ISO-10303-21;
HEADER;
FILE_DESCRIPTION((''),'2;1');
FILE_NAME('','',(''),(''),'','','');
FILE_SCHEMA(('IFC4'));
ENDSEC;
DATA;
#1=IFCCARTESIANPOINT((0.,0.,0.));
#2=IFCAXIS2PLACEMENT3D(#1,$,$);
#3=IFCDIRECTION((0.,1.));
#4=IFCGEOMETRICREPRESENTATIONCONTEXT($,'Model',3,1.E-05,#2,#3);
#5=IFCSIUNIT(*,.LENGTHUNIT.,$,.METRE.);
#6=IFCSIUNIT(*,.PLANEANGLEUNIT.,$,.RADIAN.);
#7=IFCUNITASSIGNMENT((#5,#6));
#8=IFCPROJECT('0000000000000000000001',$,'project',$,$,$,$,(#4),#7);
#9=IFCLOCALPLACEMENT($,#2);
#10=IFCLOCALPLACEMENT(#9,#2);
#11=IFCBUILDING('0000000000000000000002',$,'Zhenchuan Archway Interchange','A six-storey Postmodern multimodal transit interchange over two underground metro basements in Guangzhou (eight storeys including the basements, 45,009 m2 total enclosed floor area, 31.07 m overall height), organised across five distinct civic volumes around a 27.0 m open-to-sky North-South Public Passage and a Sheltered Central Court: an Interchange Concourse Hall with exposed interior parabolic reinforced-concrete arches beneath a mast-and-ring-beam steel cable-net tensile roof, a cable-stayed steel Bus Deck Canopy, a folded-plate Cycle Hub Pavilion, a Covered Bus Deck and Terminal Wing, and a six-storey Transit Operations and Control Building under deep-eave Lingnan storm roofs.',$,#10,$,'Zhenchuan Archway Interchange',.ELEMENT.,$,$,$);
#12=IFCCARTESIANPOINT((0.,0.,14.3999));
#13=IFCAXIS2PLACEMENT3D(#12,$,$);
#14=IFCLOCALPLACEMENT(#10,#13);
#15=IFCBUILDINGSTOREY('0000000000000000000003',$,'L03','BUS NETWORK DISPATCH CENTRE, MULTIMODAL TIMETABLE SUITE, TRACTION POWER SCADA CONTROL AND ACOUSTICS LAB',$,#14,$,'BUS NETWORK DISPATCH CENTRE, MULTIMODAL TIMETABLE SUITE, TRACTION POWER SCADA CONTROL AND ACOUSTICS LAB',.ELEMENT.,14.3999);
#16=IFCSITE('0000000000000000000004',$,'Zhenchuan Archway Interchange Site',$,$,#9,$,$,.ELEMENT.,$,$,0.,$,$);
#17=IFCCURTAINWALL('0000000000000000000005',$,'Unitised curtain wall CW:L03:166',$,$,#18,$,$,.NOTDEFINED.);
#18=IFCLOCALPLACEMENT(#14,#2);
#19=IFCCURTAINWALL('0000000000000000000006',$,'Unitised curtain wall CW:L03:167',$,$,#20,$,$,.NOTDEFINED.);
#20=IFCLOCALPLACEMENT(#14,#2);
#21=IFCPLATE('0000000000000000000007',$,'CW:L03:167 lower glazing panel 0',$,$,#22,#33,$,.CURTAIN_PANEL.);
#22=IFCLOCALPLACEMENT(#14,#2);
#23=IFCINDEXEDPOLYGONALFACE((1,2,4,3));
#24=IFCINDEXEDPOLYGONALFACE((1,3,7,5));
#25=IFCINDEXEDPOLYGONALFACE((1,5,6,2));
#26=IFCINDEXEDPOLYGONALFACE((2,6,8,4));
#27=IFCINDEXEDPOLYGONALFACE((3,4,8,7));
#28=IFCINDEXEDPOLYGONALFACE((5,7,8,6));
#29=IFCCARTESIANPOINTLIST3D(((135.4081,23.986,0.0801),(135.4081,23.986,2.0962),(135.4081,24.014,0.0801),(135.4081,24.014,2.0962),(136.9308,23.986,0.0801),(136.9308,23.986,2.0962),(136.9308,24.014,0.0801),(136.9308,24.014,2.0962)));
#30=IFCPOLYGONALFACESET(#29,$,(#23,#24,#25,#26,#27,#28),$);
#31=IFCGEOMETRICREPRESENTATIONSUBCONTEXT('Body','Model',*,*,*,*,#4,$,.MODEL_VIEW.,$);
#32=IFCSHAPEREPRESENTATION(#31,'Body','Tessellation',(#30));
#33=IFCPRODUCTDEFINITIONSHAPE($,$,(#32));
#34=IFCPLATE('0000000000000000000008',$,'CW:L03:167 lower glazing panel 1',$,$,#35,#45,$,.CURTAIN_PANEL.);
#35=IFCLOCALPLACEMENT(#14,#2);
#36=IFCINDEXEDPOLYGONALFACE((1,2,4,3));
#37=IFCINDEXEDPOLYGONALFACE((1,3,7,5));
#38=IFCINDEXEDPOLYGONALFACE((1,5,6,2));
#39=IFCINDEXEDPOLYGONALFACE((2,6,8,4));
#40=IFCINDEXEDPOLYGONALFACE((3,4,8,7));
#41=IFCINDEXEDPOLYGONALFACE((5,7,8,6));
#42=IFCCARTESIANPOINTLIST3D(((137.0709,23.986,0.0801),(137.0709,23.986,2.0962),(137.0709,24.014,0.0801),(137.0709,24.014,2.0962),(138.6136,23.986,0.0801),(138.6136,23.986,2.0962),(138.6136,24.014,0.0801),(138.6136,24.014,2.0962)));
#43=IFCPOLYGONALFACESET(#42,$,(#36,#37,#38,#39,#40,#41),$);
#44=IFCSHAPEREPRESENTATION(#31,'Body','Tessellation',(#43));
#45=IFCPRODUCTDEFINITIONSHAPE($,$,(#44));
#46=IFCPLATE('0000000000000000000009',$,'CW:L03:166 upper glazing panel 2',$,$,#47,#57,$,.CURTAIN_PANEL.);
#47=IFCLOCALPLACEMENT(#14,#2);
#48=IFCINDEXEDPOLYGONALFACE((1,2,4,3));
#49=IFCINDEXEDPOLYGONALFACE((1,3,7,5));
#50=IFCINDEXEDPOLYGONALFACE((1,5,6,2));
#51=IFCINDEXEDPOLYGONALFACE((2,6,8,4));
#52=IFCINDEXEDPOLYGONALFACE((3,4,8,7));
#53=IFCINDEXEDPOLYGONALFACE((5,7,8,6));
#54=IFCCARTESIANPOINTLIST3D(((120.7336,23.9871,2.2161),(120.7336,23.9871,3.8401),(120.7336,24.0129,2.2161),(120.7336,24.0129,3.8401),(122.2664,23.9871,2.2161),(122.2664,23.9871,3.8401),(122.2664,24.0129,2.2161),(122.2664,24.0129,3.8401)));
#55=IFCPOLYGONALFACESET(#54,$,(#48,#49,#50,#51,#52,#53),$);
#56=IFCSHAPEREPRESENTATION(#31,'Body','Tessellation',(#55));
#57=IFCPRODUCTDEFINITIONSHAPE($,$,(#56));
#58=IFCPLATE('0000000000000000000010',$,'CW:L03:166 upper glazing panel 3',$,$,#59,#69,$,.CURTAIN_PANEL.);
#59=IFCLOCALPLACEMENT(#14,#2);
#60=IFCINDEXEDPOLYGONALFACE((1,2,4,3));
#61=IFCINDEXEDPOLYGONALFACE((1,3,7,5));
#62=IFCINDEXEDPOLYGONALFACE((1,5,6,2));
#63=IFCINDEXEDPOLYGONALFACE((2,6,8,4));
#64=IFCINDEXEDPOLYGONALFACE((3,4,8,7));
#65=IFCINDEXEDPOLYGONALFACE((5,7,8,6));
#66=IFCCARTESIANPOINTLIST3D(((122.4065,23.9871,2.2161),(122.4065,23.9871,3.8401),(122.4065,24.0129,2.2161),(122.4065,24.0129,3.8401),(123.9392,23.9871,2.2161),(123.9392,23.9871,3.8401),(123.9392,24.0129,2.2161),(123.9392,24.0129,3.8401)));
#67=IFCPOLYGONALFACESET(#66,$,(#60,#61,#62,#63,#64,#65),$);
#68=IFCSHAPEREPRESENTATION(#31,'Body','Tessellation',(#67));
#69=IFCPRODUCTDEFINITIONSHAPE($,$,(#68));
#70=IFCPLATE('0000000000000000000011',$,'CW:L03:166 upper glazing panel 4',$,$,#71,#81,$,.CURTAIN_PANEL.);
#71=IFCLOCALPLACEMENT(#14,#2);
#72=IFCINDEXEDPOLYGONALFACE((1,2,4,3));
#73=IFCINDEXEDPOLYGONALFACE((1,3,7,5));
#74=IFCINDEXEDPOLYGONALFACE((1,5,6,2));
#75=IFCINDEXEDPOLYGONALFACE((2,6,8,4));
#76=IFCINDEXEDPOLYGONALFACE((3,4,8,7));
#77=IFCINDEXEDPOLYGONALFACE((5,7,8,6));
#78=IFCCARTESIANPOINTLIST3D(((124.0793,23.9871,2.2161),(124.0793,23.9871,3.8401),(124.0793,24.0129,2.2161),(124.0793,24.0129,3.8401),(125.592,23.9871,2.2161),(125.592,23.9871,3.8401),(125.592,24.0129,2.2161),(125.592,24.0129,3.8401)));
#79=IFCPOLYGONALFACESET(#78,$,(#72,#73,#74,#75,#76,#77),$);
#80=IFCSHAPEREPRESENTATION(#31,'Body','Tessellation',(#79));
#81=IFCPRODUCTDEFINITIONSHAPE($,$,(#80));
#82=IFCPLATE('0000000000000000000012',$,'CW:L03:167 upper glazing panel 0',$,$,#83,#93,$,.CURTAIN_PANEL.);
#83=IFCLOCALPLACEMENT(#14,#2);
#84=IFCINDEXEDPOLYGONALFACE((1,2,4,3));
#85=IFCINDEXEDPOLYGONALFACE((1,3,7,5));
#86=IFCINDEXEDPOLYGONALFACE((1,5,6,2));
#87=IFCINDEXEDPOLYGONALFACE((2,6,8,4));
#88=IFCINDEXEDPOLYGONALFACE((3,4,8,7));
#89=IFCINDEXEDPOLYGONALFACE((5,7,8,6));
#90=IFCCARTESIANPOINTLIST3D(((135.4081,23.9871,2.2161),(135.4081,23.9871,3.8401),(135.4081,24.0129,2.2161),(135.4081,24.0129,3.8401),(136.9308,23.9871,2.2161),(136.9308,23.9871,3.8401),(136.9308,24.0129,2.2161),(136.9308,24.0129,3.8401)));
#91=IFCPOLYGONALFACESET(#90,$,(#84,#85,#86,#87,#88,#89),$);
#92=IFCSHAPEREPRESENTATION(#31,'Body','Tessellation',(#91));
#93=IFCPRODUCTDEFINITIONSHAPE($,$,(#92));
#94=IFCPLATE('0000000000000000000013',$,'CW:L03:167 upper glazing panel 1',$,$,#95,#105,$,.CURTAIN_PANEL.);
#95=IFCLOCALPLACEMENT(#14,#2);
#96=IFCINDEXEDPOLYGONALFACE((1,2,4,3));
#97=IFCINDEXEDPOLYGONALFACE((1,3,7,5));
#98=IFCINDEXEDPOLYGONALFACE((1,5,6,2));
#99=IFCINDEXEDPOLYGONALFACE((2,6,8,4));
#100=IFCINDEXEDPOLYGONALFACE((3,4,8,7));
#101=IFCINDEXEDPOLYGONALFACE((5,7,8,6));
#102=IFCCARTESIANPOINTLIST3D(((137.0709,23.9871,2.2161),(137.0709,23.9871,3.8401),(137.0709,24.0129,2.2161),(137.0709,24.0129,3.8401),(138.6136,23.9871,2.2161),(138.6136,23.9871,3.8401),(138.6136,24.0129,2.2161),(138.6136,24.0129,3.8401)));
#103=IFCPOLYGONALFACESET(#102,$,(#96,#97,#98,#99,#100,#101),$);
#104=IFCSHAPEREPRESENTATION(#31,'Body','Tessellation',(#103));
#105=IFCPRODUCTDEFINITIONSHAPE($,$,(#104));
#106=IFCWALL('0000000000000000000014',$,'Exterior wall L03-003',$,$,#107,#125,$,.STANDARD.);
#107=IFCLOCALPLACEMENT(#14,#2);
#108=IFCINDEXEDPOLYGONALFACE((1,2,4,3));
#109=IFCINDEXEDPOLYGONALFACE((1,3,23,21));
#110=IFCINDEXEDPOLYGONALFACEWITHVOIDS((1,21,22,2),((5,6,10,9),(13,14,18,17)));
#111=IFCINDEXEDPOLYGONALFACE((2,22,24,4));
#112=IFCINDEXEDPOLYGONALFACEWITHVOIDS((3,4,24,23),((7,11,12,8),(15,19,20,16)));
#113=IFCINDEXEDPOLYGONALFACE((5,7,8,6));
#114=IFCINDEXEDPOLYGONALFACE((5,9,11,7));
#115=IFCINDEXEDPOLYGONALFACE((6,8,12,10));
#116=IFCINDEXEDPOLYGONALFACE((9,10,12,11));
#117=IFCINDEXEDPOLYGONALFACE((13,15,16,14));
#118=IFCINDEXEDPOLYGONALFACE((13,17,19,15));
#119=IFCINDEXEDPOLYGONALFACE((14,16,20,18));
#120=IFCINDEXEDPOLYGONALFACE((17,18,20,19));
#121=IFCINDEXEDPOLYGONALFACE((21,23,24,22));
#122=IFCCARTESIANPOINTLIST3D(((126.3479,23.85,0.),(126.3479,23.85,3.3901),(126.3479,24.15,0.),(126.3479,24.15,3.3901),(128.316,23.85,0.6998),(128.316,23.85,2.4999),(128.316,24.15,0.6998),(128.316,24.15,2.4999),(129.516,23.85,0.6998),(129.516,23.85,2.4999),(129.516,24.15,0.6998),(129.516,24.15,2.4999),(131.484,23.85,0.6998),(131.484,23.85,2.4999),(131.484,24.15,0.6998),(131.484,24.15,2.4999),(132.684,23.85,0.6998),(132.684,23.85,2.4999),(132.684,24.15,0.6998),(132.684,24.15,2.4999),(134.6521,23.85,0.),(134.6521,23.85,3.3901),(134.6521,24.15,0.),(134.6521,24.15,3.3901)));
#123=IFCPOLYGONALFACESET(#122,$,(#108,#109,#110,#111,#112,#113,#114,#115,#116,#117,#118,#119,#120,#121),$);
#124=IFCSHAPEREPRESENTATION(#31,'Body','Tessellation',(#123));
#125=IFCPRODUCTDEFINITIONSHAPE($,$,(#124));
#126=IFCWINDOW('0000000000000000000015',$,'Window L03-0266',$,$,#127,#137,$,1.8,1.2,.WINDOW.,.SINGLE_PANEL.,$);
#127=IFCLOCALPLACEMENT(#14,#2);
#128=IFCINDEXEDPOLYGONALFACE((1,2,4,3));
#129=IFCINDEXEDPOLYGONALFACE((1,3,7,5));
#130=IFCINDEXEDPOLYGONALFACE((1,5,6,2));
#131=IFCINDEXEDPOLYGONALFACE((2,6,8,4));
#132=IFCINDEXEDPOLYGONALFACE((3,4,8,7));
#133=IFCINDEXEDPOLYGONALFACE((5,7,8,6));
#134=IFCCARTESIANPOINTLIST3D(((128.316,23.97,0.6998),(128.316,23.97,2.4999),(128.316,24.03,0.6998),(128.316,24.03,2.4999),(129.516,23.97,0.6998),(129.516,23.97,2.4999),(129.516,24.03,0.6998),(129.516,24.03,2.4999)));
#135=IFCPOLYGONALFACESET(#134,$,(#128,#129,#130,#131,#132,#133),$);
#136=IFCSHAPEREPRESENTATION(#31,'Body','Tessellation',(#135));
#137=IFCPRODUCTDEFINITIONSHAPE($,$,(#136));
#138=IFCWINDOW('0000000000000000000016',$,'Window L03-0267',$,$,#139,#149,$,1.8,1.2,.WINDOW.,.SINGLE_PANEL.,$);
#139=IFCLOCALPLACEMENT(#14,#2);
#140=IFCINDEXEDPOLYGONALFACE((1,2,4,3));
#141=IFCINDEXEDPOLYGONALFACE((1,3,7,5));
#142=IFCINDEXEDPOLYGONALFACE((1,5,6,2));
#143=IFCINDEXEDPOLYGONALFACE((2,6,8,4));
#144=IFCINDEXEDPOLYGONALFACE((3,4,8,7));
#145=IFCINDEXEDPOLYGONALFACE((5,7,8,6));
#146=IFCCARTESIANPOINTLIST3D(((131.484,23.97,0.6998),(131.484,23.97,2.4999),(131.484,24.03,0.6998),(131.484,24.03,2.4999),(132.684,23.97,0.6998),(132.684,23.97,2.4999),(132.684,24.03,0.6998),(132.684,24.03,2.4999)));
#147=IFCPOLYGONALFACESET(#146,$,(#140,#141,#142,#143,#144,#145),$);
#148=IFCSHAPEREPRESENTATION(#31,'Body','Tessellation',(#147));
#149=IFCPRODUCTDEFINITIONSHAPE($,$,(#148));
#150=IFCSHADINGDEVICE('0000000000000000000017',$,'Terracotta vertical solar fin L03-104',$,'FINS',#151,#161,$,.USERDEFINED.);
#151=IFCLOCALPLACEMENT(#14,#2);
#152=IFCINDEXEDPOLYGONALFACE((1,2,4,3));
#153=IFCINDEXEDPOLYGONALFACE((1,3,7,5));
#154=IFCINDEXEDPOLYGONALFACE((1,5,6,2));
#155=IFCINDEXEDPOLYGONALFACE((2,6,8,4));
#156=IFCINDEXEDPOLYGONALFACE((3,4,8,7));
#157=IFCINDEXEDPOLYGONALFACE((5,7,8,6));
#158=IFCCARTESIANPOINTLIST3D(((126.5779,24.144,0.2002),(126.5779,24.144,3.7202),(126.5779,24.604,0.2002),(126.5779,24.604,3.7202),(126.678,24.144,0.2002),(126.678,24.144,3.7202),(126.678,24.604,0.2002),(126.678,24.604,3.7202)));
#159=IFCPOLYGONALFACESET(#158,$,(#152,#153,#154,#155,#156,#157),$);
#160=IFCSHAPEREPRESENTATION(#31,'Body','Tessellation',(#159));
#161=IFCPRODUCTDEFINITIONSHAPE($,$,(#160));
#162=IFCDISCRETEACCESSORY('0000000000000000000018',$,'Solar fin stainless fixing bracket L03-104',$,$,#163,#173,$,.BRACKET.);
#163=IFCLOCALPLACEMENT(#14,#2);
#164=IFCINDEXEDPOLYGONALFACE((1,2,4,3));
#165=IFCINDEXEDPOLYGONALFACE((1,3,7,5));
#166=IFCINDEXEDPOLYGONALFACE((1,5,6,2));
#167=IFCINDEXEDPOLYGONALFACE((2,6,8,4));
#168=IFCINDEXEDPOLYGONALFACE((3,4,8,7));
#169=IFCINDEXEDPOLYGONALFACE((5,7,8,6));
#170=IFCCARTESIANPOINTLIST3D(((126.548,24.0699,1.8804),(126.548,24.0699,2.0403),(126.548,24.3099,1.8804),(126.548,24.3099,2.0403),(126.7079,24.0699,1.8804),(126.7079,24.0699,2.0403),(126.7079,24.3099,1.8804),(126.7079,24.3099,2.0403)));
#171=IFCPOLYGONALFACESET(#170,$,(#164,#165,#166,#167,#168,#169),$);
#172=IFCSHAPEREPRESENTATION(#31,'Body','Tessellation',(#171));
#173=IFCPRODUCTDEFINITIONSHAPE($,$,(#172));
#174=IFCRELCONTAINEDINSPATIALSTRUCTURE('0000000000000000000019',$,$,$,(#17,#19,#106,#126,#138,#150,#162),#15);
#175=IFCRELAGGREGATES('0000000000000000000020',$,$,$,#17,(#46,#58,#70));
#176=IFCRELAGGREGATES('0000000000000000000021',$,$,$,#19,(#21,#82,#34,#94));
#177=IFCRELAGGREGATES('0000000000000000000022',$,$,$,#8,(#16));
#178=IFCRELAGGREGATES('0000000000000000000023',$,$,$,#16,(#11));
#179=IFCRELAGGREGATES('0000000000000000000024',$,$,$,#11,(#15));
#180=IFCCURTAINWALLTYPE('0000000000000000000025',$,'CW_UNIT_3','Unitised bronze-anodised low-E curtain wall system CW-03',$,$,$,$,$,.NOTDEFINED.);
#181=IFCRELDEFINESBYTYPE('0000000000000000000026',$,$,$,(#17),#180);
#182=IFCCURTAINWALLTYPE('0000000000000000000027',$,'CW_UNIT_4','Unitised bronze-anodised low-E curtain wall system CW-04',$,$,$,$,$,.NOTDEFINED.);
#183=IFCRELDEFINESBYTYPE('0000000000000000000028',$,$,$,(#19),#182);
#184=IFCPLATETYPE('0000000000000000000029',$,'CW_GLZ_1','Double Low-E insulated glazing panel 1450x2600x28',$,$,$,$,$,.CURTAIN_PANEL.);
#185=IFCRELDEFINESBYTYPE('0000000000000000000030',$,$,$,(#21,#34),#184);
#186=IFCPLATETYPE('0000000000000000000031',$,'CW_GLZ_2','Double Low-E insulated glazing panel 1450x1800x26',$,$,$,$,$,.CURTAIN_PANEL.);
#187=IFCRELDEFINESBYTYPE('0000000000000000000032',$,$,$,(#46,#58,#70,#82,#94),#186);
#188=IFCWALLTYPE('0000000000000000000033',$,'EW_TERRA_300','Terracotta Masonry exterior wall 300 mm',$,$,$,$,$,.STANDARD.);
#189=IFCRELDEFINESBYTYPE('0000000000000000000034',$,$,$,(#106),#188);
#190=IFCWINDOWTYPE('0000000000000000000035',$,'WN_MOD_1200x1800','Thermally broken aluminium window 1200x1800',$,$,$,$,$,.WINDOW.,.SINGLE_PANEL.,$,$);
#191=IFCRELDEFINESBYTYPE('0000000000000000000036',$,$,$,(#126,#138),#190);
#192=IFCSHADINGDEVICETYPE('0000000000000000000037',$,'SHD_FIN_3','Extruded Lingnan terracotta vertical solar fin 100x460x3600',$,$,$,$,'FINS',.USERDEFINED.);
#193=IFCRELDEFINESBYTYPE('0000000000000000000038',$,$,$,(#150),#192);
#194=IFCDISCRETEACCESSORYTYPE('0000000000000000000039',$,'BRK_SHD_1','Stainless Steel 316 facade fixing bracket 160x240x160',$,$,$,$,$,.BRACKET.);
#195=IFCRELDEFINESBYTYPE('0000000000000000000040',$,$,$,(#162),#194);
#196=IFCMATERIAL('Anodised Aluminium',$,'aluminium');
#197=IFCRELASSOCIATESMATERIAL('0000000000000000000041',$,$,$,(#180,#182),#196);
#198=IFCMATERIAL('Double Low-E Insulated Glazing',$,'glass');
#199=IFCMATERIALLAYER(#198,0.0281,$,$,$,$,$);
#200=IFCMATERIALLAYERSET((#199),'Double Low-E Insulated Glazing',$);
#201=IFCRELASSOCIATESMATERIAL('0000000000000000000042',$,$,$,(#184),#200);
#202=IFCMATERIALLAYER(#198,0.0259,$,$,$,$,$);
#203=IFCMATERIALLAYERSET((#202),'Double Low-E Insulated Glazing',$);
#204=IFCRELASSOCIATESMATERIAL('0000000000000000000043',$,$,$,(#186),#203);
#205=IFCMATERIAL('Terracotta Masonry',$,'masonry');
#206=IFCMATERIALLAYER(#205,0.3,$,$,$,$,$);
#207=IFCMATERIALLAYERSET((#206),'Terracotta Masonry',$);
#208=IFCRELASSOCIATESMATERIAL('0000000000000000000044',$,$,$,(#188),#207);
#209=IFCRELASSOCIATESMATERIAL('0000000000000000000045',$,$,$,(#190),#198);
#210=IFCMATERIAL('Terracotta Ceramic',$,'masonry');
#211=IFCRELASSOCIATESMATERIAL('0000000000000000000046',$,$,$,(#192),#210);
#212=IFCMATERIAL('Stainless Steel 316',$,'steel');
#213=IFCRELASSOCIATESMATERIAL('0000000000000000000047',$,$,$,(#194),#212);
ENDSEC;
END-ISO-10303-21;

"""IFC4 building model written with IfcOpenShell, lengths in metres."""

from ifc_helpers import new_model, si_unit, direction, frame, frame_2d, origin, origin_2d, place, context, subcontext, project, spatial, rectangle, extrude, material, layer, layer_set, type_object, element, fill, aggregate, save


model = new_model("IFC4")

# Units and contexts
model_context = context("Model", 3, precision=1e-05, world=origin(), true_north=direction((0.0, 1.0)))
body_context = subcontext(model_context, "Body", "Model", "MODEL_VIEW")
ifc_project = project(units=[si_unit("LENGTHUNIT", "METRE"), si_unit("PLANEANGLEUNIT", "RADIAN")], contexts=[model_context])

# Site, building, storey
site_placement = place(None, origin())
site = spatial("IfcSite", under=ifc_project, at=site_placement, Name="Zhenchuan Archway Interchange Site", CompositionType="ELEMENT", RefElevation=0.0)
building_placement = place(site_placement, origin())
building = spatial("IfcBuilding", under=site, at=building_placement, Name="Zhenchuan Archway Interchange", Description="A six-storey Postmodern multimodal transit interchange over two underground metro basements in Guangzhou (eight storeys including the basements, 45,009 m2 total enclosed floor area, 31.07 m overall height), organised across five distinct civic volumes around a 27.0 m open-to-sky North-South Public Passage and a Sheltered Central Court: an Interchange Concourse Hall with exposed interior parabolic reinforced-concrete arches beneath a mast-and-ring-beam steel cable-net tensile roof, a cable-stayed steel Bus Deck Canopy, a folded-plate Cycle Hub Pavilion, a Covered Bus Deck and Terminal Wing, and a six-storey Transit Operations and Control Building under deep-eave Lingnan storm roofs.", LongName="Zhenchuan Archway Interchange", CompositionType="ELEMENT")
storey_placement = place(building_placement, frame((0.0, 0.0, 14.3999)))
storey = spatial("IfcBuildingStorey", under=building, at=storey_placement, Name="L03", Description="BUS NETWORK DISPATCH CENTRE, MULTIMODAL TIMETABLE SUITE, TRACTION POWER SCADA CONTROL AND ACOUSTICS LAB", LongName="BUS NETWORK DISPATCH CENTRE, MULTIMODAL TIMETABLE SUITE, TRACTION POWER SCADA CONTROL AND ACOUSTICS LAB", CompositionType="ELEMENT", Elevation=14.3999)

# Curtain walls
ifc_material_1 = material(Name="Anodised Aluminium", Category="aluminium")
curtain_wall_type_1 = type_object("IfcCurtainWallType", Name="CW_UNIT_3", Description="Unitised bronze-anodised low-E curtain wall system CW-03", PredefinedType="NOTDEFINED", material=ifc_material_1)
curtain_wall_1_placement = place(storey_placement, origin())
curtain_wall_1 = element("IfcCurtainWall", 1, at=curtain_wall_1_placement, inside=storey, type_object=curtain_wall_type_1, Name="Unitised curtain wall CW:L03:166", PredefinedType="NOTDEFINED")
curtain_wall_type_2 = type_object("IfcCurtainWallType", Name="CW_UNIT_4", Description="Unitised bronze-anodised low-E curtain wall system CW-04", PredefinedType="NOTDEFINED", material=ifc_material_1)
curtain_wall_2_placement = place(storey_placement, origin())
curtain_wall_2 = element("IfcCurtainWall", 2, at=curtain_wall_2_placement, inside=storey, type_object=curtain_wall_type_2, Name="Unitised curtain wall CW:L03:167", PredefinedType="NOTDEFINED")

# Plates
ifc_material_2 = material(Name="Double Low-E Insulated Glazing", Category="glass")
ifc_layer_1 = layer(ifc_material_2, 0.0281)
ifc_layer_set_1 = layer_set([ifc_layer_1], Name="Double Low-E Insulated Glazing")
plate_type_1 = type_object("IfcPlateType", Name="CW_GLZ_1", Description="Double Low-E insulated glazing panel 1450x2600x28", PredefinedType="CURTAIN_PANEL", material=ifc_layer_set_1)
plate_1_placement = place(storey_placement, frame((136.1694, 24.0, 0.0801), z_axis=(0.0, 0.0, 1.0), x_axis=(1.0, 0.0, 0.0)))
plate_1 = element("IfcPlate", 3, at=plate_1_placement, type_object=plate_type_1, Name="CW:L03:167 lower glazing panel 0", PredefinedType="CURTAIN_PANEL", context=body_context, shape_type="SweptSolid", body=[
    extrude(rectangle(XDim=1.5227, YDim=0.0281, at=origin_2d()), origin(), (0.0, 0.0, 1.0), 2.0161),
])
plate_2_placement = place(storey_placement, frame((137.8423, 24.0, 0.0801), z_axis=(0.0, 0.0, 1.0), x_axis=(1.0, 0.0, 0.0)))
plate_2 = element("IfcPlate", 4, at=plate_2_placement, type_object=plate_type_1, Name="CW:L03:167 lower glazing panel 1", PredefinedType="CURTAIN_PANEL", context=body_context, shape_type="SweptSolid", body=[
    extrude(rectangle(XDim=1.5427, YDim=0.0281, at=origin_2d()), origin(), (0.0, 0.0, 1.0), 2.0161),
])
ifc_layer_2 = layer(ifc_material_2, 0.0259)
ifc_layer_set_2 = layer_set([ifc_layer_2], Name="Double Low-E Insulated Glazing")
plate_type_2 = type_object("IfcPlateType", Name="CW_GLZ_2", Description="Double Low-E insulated glazing panel 1450x1800x26", PredefinedType="CURTAIN_PANEL", material=ifc_layer_set_2)
plate_3_placement = place(storey_placement, frame((121.5, 24.0, 2.2161), z_axis=(0.0, 0.0, 1.0), x_axis=(1.0, 0.0, 0.0)))
plate_3 = element("IfcPlate", 5, at=plate_3_placement, type_object=plate_type_2, Name="CW:L03:166 upper glazing panel 2", PredefinedType="CURTAIN_PANEL", context=body_context, shape_type="SweptSolid", body=[
    extrude(rectangle(XDim=1.5327, YDim=0.0259, at=origin_2d()), origin(), (0.0, 0.0, 1.0), 1.624),
])
plate_4_placement = place(storey_placement, frame((123.1729, 24.0, 2.2161), z_axis=(0.0, 0.0, 1.0), x_axis=(1.0, 0.0, 0.0)))
plate_4 = element("IfcPlate", 6, at=plate_4_placement, type_object=plate_type_2, Name="CW:L03:166 upper glazing panel 3", PredefinedType="CURTAIN_PANEL", context=body_context, shape_type="SweptSolid", body=[
    extrude(rectangle(XDim=1.5327, YDim=0.0259, at=origin_2d()), origin(), (0.0, 0.0, 1.0), 1.624),
])
plate_5_placement = place(storey_placement, frame((124.8357, 24.0, 2.2161), z_axis=(0.0, 0.0, 1.0), x_axis=(1.0, 0.0, 0.0)))
plate_5 = element("IfcPlate", 7, at=plate_5_placement, type_object=plate_type_2, Name="CW:L03:166 upper glazing panel 4", PredefinedType="CURTAIN_PANEL", context=body_context, shape_type="SweptSolid", body=[
    extrude(rectangle(XDim=1.5127, YDim=0.0259, at=origin_2d()), origin(), (0.0, 0.0, 1.0), 1.624),
])
aggregate(curtain_wall_1, [plate_3, plate_4, plate_5])
plate_6_placement = place(storey_placement, frame((136.1694, 24.0, 2.2161), z_axis=(0.0, 0.0, 1.0), x_axis=(1.0, 0.0, 0.0)))
plate_6 = element("IfcPlate", 8, at=plate_6_placement, type_object=plate_type_2, Name="CW:L03:167 upper glazing panel 0", PredefinedType="CURTAIN_PANEL", context=body_context, shape_type="SweptSolid", body=[
    extrude(rectangle(XDim=1.5227, YDim=0.0259, at=origin_2d()), origin(), (0.0, 0.0, 1.0), 1.624),
])
plate_7_placement = place(storey_placement, frame((137.8423, 24.0, 2.2161), z_axis=(0.0, 0.0, 1.0), x_axis=(1.0, 0.0, 0.0)))
plate_7 = element("IfcPlate", 9, at=plate_7_placement, type_object=plate_type_2, Name="CW:L03:167 upper glazing panel 1", PredefinedType="CURTAIN_PANEL", context=body_context, shape_type="SweptSolid", body=[
    extrude(rectangle(XDim=1.5427, YDim=0.0259, at=origin_2d()), origin(), (0.0, 0.0, 1.0), 1.624),
])
aggregate(curtain_wall_2, [plate_1, plate_6, plate_2, plate_7])

# Wall, openings, windows
ifc_material_3 = material(Name="Terracotta Masonry", Category="masonry")
ifc_layer_3 = layer(ifc_material_3, 0.3)
ifc_layer_set_3 = layer_set([ifc_layer_3], Name="Terracotta Masonry")
wall_type = type_object("IfcWallType", Name="EW_TERRA_300", Description="Terracotta Masonry exterior wall 300 mm", PredefinedType="STANDARD", material=ifc_layer_set_3)
wall_placement = place(storey_placement, frame((126.3479, 24.0, 0.0), z_axis=(0.0, 0.0, 1.0), x_axis=(1.0, 0.0, 0.0)))
wall = element("IfcWall", 10, at=wall_placement, inside=storey, type_object=wall_type, Name="Exterior wall L03-003", PredefinedType="STANDARD", context=body_context, shape_type="SweptSolid", body=[
    extrude(rectangle(XDim=8.3042, YDim=0.3, at=frame_2d((4.1521, 0.0))), origin(), (0.0, 0.0, 1.0), 3.3901),
])
opening_1_placement = place(wall_placement, frame((1.968, 0.0, 0.7)))
opening_1 = element("IfcOpeningElement", 11, at=opening_1_placement, cuts=wall, PredefinedType="OPENING", context=body_context, shape_type="SweptSolid", body=[
    extrude(rectangle(XDim=1.2, YDim=1.8, at=frame_2d((0.6001, 0.8999))), frame((0.0, 0.1621, 0.0), z_axis=(0.0, -1.0, 0.0), x_axis=(1.0, 0.0, 0.0)), (0.0, 0.0, 1.0), 0.324),
])
opening_2_placement = place(wall_placement, frame((5.136, 0.0, 0.7)))
opening_2 = element("IfcOpeningElement", 12, at=opening_2_placement, cuts=wall, PredefinedType="OPENING", context=body_context, shape_type="SweptSolid", body=[
    extrude(rectangle(XDim=1.2, YDim=1.8, at=frame_2d((0.6001, 0.8999))), frame((0.0, 0.1621, 0.0), z_axis=(0.0, -1.0, 0.0), x_axis=(1.0, 0.0, 0.0)), (0.0, 0.0, 1.0), 0.324),
])
window_type = type_object("IfcWindowType", Name="WN_MOD_1200x1800", Description="Thermally broken aluminium window 1200x1800", PartitioningType="SINGLE_PANEL", PredefinedType="WINDOW", material=ifc_material_2)
window_1_placement = place(opening_1_placement, origin())
window_1 = element("IfcWindow", 13, at=window_1_placement, inside=storey, type_object=window_type, Name="Window L03-0266", OverallHeight=1.8, OverallWidth=1.2, PartitioningType="SINGLE_PANEL", PredefinedType="WINDOW", context=body_context, shape_type="SweptSolid", body=[
    extrude(rectangle(XDim=1.2, YDim=1.8, at=frame_2d((0.6001, 0.8999))), frame((0.0, 0.03, 0.0), z_axis=(0.0, -1.0, 0.0), x_axis=(1.0, 0.0, 0.0)), (0.0, 0.0, 1.0), 0.0601),
])
fill(opening_1, window_1)
window_2_placement = place(opening_2_placement, origin())
window_2 = element("IfcWindow", 14, at=window_2_placement, inside=storey, type_object=window_type, Name="Window L03-0267", OverallHeight=1.8, OverallWidth=1.2, PartitioningType="SINGLE_PANEL", PredefinedType="WINDOW", context=body_context, shape_type="SweptSolid", body=[
    extrude(rectangle(XDim=1.2, YDim=1.8, at=frame_2d((0.6001, 0.8999))), frame((0.0, 0.03, 0.0), z_axis=(0.0, -1.0, 0.0), x_axis=(1.0, 0.0, 0.0)), (0.0, 0.0, 1.0), 0.0601),
])
fill(opening_2, window_2)

# Shading device
ifc_material_4 = material(Name="Terracotta Ceramic", Category="masonry")
shading_device_type = type_object("IfcShadingDeviceType", Name="SHD_FIN_3", Description="Extruded Lingnan terracotta vertical solar fin 100x460x3600", ElementType="FINS", PredefinedType="USERDEFINED", material=ifc_material_4)
shading_device_placement = place(storey_placement, frame((126.6279, 24.374, 0.2002), z_axis=(0.0, 0.0, 1.0), x_axis=(1.0, 0.0, 0.0)))
element("IfcShadingDevice", 15, at=shading_device_placement, inside=storey, type_object=shading_device_type, Name="Terracotta vertical solar fin L03-104", ObjectType="FINS", PredefinedType="USERDEFINED", context=body_context, shape_type="SweptSolid", body=[
    extrude(rectangle(XDim=0.1001, YDim=0.46, at=origin_2d()), origin(), (0.0, 0.0, 1.0), 3.52),
])

# Discrete accessory
ifc_material_5 = material(Name="Stainless Steel 316", Category="steel")
discrete_accessory_type = type_object("IfcDiscreteAccessoryType", Name="BRK_SHD_1", Description="Stainless Steel 316 facade fixing bracket 160x240x160", PredefinedType="BRACKET", material=ifc_material_5)
discrete_accessory_placement = place(storey_placement, frame((126.6279, 24.1899, 1.8804), z_axis=(0.0, 0.0, 1.0), x_axis=(1.0, 0.0, 0.0)))
element("IfcDiscreteAccessory", 16, at=discrete_accessory_placement, inside=storey, type_object=discrete_accessory_type, Name="Solar fin stainless fixing bracket L03-104", PredefinedType="BRACKET", context=body_context, shape_type="SweptSolid", body=[
    extrude(rectangle(XDim=0.1599, YDim=0.24, at=origin_2d()), origin(), (0.0, 0.0, 1.0), 0.1599),
])

save(model, "model.ifc")
